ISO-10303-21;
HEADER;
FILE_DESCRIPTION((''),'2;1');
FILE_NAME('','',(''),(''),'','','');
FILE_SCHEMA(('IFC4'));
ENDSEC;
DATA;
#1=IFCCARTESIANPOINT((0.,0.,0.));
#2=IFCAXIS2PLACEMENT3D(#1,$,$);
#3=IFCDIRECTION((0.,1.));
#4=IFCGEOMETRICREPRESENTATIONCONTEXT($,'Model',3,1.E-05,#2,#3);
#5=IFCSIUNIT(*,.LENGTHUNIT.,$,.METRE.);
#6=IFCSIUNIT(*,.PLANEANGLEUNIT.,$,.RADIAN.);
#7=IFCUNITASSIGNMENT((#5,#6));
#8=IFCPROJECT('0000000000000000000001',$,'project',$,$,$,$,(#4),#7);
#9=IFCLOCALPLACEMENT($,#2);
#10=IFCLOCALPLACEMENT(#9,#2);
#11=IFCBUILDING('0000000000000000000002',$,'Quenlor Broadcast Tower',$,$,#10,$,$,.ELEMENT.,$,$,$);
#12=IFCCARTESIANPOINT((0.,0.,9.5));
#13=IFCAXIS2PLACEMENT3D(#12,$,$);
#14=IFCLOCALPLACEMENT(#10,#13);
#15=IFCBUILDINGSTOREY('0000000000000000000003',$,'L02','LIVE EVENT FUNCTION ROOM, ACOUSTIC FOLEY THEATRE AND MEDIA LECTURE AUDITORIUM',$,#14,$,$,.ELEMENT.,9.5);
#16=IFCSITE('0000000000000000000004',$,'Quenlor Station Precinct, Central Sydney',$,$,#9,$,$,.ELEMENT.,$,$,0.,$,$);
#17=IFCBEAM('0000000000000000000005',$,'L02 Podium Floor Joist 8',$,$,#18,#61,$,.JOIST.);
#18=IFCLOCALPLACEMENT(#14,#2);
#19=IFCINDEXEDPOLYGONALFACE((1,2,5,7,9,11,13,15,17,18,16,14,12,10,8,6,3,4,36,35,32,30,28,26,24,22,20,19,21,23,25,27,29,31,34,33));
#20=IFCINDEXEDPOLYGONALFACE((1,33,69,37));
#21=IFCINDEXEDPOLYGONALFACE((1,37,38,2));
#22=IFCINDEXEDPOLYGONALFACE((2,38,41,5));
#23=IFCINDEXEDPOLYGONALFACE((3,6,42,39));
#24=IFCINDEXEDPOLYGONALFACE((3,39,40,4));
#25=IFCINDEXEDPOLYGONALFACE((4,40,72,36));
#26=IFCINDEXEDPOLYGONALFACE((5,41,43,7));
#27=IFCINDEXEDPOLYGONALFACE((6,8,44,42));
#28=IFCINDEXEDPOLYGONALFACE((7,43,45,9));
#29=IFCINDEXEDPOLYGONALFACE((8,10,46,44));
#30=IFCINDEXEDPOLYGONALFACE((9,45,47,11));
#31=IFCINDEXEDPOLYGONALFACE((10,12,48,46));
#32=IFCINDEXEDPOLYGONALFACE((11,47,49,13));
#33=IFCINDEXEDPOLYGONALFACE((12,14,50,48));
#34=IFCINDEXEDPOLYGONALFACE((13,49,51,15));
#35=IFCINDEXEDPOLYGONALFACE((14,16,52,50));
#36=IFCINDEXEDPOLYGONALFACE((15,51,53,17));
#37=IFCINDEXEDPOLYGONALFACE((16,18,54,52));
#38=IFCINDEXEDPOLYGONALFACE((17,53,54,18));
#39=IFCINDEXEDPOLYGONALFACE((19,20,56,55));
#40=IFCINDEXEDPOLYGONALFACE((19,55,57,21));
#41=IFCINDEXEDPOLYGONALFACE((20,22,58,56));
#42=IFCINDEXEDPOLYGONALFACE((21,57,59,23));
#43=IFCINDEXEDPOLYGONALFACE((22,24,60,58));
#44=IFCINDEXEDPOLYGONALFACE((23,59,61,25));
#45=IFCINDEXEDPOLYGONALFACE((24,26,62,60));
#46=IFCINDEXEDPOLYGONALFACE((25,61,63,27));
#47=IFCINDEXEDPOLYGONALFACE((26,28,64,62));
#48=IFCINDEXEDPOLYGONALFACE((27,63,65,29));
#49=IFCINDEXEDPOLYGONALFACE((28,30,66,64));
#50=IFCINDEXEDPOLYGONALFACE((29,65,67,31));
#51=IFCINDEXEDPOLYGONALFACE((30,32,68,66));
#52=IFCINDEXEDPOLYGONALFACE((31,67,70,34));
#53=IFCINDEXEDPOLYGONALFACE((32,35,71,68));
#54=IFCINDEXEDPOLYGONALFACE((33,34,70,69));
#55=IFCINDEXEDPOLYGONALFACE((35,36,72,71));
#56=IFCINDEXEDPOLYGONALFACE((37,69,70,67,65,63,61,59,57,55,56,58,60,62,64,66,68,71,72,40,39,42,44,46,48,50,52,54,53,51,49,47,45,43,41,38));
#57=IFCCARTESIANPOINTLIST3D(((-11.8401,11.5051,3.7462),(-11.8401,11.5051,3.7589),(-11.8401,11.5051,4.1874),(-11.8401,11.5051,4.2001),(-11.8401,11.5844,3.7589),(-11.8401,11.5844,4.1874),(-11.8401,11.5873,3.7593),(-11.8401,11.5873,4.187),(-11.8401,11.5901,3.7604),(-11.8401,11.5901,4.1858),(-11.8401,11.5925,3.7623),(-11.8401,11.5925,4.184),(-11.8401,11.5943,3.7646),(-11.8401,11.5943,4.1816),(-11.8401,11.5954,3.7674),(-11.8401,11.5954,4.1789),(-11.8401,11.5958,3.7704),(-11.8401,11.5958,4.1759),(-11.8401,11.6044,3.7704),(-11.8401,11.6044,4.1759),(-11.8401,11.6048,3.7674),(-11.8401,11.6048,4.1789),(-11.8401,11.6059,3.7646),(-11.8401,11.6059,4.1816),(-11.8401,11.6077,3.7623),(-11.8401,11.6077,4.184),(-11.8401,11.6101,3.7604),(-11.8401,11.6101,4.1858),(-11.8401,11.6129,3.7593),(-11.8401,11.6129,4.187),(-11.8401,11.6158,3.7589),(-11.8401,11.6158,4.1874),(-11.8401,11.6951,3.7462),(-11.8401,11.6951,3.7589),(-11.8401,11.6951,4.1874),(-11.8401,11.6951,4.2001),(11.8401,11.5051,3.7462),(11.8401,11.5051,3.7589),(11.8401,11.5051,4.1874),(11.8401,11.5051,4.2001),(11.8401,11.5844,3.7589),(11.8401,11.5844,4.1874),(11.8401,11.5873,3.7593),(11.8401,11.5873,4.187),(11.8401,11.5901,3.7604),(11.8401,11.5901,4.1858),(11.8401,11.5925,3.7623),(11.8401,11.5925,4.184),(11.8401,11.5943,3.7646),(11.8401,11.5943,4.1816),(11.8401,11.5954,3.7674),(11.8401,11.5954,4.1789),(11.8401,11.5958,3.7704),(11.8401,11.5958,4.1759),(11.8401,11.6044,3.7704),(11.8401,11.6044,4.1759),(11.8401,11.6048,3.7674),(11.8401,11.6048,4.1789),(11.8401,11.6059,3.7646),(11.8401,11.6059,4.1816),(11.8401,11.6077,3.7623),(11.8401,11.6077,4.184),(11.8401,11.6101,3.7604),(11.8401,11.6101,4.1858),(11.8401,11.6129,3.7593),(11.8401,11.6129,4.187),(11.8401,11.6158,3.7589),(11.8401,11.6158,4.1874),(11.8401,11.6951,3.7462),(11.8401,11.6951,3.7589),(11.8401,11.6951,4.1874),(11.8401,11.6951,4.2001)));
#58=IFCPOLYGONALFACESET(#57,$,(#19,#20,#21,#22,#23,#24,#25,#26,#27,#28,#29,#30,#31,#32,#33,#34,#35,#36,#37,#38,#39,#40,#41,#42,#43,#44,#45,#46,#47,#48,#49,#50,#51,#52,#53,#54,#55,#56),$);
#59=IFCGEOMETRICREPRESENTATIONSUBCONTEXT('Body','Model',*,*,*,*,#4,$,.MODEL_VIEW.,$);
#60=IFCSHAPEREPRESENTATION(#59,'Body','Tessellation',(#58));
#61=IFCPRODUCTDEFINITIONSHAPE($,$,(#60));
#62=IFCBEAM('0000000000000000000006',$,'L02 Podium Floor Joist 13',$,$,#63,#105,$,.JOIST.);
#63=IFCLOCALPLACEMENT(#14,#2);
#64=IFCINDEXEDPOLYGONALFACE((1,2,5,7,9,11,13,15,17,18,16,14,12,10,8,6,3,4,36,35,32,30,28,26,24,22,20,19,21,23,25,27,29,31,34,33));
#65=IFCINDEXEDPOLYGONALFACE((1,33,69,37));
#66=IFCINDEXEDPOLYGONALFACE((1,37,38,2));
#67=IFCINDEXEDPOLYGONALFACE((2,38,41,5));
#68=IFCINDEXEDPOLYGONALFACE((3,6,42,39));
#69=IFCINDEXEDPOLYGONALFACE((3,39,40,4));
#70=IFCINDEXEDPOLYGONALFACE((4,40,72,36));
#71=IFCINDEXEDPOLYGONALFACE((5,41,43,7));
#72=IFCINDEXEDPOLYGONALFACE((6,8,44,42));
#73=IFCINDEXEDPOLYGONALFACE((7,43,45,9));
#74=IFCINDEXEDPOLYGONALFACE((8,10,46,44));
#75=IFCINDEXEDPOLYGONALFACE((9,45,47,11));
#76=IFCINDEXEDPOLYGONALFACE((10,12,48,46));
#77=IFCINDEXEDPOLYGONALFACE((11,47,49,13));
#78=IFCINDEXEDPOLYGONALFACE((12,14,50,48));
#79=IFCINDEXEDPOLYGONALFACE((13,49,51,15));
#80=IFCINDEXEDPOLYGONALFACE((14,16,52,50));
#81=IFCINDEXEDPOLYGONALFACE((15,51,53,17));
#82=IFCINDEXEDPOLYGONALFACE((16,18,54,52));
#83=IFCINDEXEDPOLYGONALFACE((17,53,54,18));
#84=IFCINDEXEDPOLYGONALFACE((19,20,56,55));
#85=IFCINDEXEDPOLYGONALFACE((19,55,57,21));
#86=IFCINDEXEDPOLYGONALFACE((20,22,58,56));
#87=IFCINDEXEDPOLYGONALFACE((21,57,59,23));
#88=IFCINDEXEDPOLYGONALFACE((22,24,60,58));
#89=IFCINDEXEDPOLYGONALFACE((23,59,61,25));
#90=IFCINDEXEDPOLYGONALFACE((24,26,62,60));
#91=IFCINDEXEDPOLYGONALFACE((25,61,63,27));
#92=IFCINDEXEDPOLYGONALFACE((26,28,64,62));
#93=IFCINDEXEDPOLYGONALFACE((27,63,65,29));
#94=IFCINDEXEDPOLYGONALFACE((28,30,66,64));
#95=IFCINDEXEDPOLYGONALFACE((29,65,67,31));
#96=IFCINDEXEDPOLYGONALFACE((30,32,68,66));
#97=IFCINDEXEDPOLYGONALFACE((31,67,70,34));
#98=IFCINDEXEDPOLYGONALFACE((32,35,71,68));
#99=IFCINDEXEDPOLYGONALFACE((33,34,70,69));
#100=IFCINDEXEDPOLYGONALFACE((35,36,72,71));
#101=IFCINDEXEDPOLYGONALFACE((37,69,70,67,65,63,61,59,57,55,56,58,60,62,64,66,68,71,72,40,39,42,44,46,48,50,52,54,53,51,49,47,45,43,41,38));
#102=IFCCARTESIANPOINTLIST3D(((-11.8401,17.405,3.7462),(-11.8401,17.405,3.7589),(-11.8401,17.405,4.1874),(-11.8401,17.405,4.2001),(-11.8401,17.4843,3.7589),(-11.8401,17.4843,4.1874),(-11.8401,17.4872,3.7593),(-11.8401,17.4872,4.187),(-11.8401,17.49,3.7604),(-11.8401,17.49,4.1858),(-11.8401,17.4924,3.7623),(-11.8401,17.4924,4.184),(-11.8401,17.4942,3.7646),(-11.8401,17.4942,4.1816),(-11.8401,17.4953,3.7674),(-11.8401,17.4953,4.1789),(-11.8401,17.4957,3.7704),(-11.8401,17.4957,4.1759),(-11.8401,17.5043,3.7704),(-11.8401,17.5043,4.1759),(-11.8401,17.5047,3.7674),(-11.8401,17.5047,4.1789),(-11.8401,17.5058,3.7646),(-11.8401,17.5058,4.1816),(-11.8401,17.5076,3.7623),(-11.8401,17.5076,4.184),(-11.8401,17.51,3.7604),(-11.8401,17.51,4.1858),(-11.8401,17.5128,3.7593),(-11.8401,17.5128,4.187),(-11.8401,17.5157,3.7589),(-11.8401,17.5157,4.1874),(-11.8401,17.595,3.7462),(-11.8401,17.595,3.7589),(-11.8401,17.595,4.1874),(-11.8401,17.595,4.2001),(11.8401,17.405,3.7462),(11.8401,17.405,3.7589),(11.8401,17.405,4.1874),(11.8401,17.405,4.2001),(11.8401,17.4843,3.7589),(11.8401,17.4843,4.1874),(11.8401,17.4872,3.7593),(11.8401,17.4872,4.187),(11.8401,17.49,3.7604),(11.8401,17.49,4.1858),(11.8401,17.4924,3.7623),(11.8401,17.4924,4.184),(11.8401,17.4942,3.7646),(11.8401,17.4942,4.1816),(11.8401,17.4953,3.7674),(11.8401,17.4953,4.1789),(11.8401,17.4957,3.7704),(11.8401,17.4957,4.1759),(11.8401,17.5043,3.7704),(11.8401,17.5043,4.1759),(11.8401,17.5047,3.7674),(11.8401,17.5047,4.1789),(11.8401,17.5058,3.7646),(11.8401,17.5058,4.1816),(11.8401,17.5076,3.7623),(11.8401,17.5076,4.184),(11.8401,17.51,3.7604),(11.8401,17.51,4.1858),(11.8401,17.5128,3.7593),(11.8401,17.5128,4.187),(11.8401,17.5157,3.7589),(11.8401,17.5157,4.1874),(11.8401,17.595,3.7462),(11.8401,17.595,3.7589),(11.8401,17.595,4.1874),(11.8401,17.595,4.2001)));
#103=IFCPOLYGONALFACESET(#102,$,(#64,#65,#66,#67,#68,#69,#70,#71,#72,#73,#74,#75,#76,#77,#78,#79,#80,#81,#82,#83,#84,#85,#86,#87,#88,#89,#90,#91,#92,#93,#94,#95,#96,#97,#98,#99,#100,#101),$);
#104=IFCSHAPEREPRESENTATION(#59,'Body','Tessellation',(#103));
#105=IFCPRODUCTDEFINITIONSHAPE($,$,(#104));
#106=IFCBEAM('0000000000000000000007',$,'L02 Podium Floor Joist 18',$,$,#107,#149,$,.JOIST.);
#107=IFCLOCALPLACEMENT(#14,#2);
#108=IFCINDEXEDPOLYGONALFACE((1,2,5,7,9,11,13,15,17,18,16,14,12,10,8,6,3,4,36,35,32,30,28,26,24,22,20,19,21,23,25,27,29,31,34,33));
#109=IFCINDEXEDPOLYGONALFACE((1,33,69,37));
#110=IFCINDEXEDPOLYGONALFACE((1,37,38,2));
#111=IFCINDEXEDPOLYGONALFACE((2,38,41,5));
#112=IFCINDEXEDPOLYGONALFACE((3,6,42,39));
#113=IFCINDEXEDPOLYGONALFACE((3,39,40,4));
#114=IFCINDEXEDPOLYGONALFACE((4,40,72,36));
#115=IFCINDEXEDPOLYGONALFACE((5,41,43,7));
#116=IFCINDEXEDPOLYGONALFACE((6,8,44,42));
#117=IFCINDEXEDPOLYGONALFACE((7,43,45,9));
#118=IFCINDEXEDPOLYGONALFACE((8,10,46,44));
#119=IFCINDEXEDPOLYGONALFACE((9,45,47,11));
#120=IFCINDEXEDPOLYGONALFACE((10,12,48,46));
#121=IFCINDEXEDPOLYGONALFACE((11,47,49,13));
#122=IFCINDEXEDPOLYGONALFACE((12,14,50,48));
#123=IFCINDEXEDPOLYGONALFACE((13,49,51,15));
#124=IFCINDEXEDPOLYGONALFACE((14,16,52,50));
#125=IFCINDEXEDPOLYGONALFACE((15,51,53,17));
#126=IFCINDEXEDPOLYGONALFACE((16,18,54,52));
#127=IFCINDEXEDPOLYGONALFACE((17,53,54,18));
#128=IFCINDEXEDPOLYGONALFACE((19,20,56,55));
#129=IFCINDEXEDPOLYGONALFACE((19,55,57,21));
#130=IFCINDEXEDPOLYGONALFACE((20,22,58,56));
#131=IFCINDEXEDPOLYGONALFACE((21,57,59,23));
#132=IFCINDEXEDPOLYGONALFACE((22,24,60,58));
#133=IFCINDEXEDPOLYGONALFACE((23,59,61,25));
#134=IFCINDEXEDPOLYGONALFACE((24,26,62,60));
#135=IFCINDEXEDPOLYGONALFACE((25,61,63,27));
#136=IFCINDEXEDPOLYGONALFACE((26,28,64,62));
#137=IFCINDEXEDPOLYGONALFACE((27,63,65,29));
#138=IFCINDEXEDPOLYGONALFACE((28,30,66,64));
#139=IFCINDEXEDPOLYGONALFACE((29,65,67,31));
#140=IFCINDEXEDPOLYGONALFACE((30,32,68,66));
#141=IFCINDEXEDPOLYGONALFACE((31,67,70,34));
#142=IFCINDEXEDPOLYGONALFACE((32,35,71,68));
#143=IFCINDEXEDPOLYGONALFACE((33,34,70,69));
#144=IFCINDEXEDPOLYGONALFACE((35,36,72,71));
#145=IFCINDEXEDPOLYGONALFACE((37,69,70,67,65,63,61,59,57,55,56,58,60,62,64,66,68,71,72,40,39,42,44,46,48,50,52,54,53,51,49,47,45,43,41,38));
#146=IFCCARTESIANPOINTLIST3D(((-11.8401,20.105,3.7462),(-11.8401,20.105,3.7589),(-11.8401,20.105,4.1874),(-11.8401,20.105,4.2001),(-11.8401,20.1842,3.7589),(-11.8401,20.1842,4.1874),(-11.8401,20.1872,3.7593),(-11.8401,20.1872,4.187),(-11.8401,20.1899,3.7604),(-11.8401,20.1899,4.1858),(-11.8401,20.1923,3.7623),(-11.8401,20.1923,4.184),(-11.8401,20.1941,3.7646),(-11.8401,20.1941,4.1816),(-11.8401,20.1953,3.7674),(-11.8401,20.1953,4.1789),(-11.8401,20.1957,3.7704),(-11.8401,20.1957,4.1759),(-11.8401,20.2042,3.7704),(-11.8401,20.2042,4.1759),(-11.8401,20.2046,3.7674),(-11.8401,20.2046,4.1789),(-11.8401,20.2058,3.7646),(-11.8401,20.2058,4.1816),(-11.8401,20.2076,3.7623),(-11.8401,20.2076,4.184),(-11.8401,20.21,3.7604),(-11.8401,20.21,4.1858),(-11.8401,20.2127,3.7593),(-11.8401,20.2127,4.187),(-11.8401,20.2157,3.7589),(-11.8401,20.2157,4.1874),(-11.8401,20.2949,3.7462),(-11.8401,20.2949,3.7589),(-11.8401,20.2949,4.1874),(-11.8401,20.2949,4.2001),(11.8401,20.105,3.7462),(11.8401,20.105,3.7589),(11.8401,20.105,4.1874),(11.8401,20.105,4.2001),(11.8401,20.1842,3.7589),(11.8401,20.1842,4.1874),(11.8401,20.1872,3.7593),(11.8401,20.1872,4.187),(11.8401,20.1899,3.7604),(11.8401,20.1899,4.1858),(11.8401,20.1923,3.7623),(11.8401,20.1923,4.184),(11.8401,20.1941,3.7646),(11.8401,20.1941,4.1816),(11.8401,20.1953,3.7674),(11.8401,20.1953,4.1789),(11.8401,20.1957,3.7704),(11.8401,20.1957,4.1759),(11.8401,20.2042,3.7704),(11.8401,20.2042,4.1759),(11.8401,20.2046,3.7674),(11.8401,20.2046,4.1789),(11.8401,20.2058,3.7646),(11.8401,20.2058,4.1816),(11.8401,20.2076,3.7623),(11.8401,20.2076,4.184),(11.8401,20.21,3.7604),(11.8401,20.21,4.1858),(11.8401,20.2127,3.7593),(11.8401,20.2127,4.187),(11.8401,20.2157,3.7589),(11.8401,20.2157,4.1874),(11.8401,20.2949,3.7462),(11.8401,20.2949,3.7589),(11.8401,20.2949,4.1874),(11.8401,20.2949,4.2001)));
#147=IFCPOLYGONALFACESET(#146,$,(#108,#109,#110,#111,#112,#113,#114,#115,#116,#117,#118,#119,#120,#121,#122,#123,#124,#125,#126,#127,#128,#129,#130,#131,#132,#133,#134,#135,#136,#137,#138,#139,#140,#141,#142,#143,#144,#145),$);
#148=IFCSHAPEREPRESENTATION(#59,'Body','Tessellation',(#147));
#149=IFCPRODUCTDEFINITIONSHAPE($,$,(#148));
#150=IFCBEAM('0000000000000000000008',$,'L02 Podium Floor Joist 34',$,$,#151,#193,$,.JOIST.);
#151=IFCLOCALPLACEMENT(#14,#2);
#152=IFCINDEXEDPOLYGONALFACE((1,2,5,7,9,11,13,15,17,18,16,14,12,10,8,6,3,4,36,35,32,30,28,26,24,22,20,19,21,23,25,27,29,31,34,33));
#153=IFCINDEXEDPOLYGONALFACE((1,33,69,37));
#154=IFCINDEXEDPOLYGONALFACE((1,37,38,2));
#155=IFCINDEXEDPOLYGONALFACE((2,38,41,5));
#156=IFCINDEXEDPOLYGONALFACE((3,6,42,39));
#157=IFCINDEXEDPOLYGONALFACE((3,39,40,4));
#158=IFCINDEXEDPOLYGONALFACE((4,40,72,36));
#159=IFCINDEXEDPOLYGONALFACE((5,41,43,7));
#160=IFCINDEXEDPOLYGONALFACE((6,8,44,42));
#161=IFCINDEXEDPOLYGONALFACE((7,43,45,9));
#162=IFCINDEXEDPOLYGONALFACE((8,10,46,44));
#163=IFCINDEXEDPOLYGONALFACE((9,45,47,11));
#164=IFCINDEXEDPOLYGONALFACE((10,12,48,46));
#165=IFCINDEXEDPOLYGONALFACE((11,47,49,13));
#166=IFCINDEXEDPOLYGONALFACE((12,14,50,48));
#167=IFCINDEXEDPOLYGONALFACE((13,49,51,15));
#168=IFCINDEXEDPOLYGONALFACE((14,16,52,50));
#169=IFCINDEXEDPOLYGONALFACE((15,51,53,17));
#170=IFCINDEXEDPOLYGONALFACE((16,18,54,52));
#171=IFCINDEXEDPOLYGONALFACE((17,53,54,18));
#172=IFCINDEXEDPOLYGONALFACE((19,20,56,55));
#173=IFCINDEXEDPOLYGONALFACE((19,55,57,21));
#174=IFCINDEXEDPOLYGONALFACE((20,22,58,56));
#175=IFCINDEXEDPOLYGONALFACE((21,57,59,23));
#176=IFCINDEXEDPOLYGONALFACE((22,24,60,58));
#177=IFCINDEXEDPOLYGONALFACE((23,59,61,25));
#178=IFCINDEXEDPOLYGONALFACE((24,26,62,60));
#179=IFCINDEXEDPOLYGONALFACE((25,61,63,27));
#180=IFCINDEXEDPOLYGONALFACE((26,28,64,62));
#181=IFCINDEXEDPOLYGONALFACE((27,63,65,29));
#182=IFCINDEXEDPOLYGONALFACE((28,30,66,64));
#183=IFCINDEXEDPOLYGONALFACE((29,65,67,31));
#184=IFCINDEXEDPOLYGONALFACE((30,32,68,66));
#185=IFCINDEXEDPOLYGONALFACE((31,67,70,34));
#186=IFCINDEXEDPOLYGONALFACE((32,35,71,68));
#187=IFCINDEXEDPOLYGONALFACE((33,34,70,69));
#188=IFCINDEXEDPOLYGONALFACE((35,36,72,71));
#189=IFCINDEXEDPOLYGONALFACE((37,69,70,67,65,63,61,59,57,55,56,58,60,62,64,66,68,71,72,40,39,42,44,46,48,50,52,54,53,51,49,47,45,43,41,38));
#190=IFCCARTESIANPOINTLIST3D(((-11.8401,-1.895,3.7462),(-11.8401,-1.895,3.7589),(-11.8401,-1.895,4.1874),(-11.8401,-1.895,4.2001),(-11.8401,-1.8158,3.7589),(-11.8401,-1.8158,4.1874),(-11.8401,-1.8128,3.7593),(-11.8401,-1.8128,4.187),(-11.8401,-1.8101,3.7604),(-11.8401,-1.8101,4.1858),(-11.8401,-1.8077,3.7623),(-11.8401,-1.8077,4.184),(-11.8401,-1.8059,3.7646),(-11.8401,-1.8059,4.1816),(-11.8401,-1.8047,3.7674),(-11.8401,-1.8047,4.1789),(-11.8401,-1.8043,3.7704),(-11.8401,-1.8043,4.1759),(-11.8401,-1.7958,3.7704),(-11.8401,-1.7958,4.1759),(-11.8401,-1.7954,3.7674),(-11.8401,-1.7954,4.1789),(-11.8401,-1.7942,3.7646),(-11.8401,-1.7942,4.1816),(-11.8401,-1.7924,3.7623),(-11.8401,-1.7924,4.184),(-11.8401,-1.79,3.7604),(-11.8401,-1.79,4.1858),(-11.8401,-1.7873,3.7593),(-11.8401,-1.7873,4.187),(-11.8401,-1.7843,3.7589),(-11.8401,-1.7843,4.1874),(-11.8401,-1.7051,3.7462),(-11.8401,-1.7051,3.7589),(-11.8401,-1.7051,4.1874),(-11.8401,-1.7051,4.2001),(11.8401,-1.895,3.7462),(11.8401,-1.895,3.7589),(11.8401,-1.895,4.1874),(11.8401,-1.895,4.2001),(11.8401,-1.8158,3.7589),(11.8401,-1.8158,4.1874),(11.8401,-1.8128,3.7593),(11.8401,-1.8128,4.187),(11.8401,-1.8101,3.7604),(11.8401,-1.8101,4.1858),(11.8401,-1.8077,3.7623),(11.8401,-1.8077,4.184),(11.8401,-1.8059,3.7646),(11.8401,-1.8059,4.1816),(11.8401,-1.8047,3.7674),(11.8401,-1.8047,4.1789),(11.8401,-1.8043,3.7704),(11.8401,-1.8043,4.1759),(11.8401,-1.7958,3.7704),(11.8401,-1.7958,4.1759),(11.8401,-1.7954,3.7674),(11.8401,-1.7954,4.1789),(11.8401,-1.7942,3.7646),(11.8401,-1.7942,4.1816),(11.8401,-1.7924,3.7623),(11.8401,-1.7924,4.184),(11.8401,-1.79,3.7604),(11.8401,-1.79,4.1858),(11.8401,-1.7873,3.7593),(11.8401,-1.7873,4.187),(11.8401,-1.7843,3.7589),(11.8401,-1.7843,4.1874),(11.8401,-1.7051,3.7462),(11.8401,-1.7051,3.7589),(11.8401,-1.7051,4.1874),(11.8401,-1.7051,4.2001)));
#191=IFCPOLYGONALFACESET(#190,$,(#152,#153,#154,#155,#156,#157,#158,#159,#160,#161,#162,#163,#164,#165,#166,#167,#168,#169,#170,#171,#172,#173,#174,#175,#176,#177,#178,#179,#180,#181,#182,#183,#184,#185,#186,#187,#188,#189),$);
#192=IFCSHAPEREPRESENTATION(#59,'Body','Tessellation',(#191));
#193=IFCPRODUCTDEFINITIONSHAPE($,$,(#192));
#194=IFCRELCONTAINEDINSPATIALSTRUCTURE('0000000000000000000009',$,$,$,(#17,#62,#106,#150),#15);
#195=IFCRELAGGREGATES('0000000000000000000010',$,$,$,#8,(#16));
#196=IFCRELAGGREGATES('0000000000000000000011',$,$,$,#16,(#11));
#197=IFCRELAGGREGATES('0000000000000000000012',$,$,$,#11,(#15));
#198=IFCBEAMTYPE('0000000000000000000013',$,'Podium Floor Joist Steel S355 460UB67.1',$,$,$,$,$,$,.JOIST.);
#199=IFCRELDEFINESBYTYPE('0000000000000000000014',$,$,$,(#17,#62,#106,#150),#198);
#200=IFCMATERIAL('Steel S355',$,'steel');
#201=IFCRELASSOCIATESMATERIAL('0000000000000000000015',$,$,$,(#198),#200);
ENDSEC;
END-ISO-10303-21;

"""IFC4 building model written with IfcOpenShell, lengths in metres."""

from ifc_helpers import new_model, si_unit, direction, frame, origin, origin_2d, place, context, subcontext, project, spatial, i_section, extrude, material, material_profile, profile_set, type_object, element, save


model = new_model("IFC4")

# Units and contexts
model_context = context("Model", 3, precision=1e-05, world=origin(), true_north=direction((0.0, 1.0)))
body_context = subcontext(model_context, "Body", "Model", "MODEL_VIEW")
ifc_project = project(units=[si_unit("LENGTHUNIT", "METRE"), si_unit("PLANEANGLEUNIT", "RADIAN")], contexts=[model_context])

# Site, building, storey
site_placement = place(None, origin())
site = spatial("IfcSite", under=ifc_project, at=site_placement, Name="Quenlor Station Precinct, Central Sydney", CompositionType="ELEMENT", RefElevation=0.0)
building_placement = place(site_placement, origin())
building = spatial("IfcBuilding", under=site, at=building_placement, Name="Quenlor Broadcast Tower", CompositionType="ELEMENT")
storey_placement = place(building_placement, frame((0.0, 0.0, 9.5)))
storey = spatial("IfcBuildingStorey", under=building, at=storey_placement, Name="L02", Description="LIVE EVENT FUNCTION ROOM, ACOUSTIC FOLEY THEATRE AND MEDIA LECTURE AUDITORIUM", CompositionType="ELEMENT", Elevation=9.5)

# Beams
ifc_material_1 = material(Name="Steel S355", Category="steel")
ifc_material_profile_1 = material_profile(ifc_material_1, i_section(OverallWidth=0.1899, OverallDepth=0.4539, WebThickness=0.0085, FlangeThickness=0.0127, FilletRadius=0.0115, at=origin_2d()))
ifc_profile_set_1 = profile_set([ifc_material_profile_1], Name="Steel S355 460UB67.1")
beam_type_1 = type_object("IfcBeamType", Name="Podium Floor Joist Steel S355 460UB67.1", PredefinedType="JOIST", material=ifc_profile_set_1)
for number, where, z_axis, x_axis, name in (
    (1, (-11.8401, 11.6001, 3.9731), (1.0, 0.0, 0.0), (0.0, 1.0, 0.0), "L02 Podium Floor Joist 8"),
    (2, (-11.8401, 17.5, 3.9731), (1.0, 0.0, 0.0), (0.0, 1.0, 0.0), "L02 Podium Floor Joist 13"),
    (3, (-11.8401, 20.2, 3.9731), (1.0, 0.0, 0.0), (0.0, 1.0, 0.0), "L02 Podium Floor Joist 18"),
    (4, (-11.8401, -1.8, 3.9731), (1.0, 0.0, 0.0), (0.0, 1.0, 0.0), "L02 Podium Floor Joist 34"),
):
    element("IfcBeam", number, at=place(storey_placement, frame(where, z_axis=z_axis, x_axis=x_axis)), inside=storey, type_object=beam_type_1, Name=name, PredefinedType="JOIST", context=body_context, shape_type="SweptSolid", body=[
        extrude(i_section(OverallWidth=0.1899, OverallDepth=0.4539, WebThickness=0.0085, FlangeThickness=0.0127, FilletRadius=0.0115, at=origin_2d()), origin(), (0.0, 0.0, 1.0), 23.6802),
    ])

save(model, "model.ifc")
